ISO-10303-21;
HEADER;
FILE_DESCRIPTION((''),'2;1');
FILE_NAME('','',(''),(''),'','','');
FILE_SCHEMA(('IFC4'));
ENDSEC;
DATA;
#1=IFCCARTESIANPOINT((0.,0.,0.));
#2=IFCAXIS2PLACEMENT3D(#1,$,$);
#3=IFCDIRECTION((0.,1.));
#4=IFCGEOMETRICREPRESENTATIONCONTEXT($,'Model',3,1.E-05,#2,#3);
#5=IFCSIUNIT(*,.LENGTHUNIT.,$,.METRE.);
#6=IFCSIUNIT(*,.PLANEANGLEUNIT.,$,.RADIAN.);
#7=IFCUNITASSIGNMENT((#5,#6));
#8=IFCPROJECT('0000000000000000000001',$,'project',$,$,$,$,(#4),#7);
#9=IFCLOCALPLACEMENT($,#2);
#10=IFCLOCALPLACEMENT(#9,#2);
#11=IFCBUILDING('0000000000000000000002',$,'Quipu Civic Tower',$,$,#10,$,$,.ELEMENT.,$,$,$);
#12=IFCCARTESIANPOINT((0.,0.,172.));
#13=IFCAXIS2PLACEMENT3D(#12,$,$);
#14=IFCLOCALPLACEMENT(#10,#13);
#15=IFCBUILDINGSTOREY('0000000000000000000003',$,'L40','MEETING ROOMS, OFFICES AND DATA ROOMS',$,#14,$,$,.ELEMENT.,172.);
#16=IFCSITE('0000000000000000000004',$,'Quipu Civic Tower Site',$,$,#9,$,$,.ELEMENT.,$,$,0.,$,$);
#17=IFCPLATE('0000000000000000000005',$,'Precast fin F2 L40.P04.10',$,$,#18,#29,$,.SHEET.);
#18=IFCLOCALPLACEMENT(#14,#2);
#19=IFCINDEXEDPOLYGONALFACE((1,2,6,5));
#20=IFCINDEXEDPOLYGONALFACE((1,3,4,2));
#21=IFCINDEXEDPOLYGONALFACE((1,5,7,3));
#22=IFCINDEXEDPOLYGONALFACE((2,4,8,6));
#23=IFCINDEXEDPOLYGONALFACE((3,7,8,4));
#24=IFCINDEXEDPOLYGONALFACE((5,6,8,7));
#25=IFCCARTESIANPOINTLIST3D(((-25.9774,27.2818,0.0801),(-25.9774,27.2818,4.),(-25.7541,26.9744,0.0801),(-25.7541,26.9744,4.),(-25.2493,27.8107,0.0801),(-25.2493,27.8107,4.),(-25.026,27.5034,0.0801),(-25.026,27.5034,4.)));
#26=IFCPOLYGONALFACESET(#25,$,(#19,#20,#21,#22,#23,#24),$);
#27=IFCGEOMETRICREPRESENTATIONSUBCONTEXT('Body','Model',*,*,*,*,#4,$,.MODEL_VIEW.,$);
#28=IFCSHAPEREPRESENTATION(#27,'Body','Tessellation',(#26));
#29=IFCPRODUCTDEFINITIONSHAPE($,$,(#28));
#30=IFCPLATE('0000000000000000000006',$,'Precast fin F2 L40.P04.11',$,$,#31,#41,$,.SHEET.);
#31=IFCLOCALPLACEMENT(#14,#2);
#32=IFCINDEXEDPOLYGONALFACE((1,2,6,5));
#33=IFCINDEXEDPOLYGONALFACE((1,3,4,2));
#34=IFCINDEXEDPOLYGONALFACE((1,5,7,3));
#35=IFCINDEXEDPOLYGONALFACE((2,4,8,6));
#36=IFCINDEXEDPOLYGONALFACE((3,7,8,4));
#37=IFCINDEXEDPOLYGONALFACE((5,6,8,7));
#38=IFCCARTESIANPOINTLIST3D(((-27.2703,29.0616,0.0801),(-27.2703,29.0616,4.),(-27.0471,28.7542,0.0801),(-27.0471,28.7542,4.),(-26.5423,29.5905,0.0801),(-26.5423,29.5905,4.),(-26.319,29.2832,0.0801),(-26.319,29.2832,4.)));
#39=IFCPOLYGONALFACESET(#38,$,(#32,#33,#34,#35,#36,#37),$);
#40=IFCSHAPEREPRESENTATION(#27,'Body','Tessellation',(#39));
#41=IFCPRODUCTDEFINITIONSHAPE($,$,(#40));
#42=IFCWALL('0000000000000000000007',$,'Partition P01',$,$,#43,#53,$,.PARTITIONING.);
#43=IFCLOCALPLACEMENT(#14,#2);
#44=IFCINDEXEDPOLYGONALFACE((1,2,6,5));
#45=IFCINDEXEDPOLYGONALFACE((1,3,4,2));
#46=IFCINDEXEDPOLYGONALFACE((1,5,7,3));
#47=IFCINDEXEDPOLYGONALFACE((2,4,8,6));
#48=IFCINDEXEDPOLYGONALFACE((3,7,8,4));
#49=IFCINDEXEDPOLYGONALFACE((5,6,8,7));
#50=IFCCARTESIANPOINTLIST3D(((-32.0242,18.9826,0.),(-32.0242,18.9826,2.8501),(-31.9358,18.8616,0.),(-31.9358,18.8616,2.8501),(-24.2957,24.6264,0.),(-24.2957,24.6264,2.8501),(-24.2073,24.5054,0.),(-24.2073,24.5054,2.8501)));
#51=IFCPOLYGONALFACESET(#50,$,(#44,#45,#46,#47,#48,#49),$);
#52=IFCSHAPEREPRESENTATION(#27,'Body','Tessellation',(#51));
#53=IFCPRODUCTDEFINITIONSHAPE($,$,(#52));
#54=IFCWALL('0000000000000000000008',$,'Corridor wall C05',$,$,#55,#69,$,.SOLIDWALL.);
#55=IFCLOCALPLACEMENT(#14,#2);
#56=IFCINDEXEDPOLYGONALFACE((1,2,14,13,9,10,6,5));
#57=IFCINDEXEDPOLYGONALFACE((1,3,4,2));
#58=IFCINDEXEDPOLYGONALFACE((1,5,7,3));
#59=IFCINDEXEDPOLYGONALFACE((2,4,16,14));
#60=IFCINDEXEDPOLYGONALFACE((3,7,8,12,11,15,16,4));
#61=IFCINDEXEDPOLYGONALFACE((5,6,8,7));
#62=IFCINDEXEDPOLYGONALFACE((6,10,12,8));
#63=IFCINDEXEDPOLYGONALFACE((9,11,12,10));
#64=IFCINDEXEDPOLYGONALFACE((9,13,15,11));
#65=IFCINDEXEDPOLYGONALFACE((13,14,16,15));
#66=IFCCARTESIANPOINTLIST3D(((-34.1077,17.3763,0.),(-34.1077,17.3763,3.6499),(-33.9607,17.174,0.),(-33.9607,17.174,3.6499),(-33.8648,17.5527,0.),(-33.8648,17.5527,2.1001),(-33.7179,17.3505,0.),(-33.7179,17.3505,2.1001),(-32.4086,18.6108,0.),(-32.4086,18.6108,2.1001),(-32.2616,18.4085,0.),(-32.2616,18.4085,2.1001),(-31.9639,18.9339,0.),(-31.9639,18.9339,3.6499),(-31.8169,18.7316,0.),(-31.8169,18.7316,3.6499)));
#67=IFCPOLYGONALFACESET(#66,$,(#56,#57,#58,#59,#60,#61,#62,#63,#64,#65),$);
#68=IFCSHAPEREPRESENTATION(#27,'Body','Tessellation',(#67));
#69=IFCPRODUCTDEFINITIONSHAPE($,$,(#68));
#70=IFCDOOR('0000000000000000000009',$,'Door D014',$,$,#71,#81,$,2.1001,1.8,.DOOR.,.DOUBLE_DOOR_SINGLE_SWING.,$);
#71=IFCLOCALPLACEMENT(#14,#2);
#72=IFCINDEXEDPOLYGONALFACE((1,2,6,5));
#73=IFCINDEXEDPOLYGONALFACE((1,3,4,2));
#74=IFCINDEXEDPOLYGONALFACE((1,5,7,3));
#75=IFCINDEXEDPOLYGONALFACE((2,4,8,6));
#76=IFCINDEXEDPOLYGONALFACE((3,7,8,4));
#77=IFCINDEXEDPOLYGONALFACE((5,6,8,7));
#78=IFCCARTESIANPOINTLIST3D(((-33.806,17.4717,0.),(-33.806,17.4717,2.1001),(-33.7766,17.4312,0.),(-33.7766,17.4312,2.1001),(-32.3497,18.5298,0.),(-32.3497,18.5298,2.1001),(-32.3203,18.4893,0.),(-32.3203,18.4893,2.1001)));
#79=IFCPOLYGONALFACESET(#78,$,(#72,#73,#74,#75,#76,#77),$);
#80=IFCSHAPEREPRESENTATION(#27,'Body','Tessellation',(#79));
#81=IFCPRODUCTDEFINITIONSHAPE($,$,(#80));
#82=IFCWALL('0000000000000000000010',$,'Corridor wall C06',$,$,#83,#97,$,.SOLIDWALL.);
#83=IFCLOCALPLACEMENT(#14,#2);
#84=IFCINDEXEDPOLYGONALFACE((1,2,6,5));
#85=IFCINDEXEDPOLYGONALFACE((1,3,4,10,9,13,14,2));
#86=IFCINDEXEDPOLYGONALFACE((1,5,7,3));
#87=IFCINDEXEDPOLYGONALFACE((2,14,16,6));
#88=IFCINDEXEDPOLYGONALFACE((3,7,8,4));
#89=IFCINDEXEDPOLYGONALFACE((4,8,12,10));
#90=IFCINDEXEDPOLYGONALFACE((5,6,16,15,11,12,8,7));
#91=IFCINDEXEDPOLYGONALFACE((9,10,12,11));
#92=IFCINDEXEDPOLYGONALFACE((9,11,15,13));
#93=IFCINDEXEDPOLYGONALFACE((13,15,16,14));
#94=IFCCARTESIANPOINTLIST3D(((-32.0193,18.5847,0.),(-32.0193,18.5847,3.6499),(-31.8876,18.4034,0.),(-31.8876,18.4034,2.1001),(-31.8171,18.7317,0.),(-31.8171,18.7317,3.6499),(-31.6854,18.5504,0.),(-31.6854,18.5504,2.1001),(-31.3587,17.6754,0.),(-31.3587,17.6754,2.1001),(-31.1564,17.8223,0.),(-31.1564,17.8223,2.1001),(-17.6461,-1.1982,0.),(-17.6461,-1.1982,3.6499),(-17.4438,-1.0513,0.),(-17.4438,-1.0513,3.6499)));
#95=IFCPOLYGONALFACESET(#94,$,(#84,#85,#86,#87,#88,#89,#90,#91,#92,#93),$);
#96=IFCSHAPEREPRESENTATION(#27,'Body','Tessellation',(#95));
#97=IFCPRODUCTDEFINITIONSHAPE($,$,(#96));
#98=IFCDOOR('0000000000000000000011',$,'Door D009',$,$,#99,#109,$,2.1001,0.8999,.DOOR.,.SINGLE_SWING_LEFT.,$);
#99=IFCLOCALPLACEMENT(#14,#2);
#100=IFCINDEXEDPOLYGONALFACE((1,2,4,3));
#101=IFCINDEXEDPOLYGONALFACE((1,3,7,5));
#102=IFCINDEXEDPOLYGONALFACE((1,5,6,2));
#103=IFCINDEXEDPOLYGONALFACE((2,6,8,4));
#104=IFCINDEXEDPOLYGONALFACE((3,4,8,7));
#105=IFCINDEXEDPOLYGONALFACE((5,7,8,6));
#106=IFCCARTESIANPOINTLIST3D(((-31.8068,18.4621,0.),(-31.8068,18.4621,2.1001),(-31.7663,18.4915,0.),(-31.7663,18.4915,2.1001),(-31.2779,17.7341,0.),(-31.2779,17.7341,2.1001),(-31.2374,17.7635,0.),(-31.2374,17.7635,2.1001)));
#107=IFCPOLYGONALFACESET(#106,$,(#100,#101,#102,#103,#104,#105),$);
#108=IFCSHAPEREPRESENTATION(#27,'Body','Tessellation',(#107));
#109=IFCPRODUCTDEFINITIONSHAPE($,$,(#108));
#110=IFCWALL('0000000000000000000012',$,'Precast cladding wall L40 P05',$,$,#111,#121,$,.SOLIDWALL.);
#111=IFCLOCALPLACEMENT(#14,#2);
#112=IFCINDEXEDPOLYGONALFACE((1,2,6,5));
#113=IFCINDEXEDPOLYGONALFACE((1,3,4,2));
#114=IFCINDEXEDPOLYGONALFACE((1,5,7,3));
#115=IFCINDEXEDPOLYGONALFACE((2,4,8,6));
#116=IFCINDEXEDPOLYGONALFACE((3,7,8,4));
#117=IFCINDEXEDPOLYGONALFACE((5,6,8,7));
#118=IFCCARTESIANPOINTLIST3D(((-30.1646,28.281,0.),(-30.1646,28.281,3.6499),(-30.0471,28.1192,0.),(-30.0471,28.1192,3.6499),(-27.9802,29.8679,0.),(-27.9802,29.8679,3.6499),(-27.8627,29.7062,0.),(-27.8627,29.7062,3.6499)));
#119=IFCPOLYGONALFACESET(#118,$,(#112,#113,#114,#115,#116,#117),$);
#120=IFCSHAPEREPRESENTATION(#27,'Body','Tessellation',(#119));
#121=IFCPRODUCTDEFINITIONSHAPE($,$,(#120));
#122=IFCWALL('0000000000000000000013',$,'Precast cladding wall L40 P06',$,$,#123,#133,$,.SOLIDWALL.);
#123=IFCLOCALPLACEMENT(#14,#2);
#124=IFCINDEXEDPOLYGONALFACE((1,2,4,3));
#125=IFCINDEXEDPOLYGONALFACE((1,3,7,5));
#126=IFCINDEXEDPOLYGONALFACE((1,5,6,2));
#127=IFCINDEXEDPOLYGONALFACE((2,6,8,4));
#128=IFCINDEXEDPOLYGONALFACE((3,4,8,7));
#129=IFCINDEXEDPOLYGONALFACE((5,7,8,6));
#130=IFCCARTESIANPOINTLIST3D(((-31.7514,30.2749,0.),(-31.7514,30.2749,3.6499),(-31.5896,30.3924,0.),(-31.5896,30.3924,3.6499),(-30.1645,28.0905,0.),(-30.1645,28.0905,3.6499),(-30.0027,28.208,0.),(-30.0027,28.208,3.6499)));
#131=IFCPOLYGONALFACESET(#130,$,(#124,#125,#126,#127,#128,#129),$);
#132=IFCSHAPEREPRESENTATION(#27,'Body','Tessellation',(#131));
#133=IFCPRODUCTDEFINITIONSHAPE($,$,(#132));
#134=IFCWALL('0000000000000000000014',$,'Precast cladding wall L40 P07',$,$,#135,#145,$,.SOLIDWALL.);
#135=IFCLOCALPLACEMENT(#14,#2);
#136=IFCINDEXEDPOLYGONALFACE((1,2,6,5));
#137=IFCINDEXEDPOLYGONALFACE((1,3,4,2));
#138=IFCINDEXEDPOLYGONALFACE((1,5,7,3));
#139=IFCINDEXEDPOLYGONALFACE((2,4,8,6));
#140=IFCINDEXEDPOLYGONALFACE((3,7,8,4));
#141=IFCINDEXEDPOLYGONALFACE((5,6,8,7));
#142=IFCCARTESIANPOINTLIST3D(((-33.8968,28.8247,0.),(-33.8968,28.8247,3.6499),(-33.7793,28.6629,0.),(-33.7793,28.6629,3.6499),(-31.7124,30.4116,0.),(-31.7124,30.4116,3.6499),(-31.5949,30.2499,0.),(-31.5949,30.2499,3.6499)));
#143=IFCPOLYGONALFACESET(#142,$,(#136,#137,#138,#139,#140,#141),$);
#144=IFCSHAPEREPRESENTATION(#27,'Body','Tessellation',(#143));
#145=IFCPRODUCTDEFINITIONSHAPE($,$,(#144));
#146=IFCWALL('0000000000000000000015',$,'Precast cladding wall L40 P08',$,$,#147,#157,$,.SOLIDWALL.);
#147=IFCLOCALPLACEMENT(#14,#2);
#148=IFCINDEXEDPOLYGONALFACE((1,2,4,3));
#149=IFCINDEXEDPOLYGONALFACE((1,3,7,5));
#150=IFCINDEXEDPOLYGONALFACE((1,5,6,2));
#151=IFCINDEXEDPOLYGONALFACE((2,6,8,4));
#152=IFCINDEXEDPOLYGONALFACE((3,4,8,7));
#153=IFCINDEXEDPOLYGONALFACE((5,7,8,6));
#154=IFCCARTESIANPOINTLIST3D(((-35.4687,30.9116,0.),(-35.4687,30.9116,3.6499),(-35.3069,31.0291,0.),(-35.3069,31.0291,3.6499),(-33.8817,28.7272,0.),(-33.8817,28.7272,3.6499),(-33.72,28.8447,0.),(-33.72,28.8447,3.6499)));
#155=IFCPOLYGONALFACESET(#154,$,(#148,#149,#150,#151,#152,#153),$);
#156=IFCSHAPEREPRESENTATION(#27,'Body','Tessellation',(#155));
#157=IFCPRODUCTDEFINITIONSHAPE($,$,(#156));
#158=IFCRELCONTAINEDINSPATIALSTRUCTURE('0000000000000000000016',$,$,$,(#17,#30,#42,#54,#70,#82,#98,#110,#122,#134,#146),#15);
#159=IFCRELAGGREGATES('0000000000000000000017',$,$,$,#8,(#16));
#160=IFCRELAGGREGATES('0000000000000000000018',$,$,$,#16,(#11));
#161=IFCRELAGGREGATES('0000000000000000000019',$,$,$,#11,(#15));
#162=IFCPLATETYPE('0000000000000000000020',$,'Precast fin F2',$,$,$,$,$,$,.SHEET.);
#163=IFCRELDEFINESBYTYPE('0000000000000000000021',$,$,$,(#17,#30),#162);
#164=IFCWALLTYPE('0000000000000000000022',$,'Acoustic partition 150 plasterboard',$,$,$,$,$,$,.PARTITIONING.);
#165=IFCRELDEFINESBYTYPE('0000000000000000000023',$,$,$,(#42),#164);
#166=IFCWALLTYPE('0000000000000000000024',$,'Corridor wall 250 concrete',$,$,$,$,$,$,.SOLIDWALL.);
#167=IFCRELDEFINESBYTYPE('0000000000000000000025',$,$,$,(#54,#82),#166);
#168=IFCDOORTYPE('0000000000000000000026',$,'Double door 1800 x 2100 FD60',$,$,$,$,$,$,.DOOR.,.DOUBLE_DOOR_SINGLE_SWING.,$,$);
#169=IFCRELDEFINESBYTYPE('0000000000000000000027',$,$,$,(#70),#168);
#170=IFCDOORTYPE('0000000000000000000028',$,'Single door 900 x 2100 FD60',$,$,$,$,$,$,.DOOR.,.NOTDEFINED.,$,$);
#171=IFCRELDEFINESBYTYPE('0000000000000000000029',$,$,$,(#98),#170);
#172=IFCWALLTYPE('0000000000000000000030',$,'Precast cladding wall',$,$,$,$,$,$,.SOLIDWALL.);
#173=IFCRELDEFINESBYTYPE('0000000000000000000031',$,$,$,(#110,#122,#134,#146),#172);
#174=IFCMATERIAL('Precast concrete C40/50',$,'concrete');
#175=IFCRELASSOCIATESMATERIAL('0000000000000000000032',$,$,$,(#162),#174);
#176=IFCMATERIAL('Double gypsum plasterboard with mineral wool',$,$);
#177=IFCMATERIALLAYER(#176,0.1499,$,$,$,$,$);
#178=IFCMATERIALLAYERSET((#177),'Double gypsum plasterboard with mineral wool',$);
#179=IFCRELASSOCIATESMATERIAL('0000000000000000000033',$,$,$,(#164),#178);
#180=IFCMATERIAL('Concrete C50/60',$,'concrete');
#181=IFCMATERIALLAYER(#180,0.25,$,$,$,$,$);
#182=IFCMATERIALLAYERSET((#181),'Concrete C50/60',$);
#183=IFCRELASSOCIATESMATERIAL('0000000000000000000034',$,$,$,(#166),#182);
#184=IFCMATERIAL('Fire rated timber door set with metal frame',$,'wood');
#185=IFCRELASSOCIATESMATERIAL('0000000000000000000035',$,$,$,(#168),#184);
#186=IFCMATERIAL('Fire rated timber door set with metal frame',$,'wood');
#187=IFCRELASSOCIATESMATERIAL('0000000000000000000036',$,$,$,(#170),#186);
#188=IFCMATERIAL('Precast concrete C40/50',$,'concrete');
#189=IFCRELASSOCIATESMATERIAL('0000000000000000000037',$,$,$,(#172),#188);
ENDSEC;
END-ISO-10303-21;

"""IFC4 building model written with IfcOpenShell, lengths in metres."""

from ifc_helpers import new_model, si_unit, direction, frame, frame_2d, origin, origin_2d, place, context, subcontext, project, spatial, rectangle, extrude, material, layer, layer_set, type_object, element, fill, save


model = new_model("IFC4")

# Units and contexts
model_context = context("Model", 3, precision=1e-05, world=origin(), true_north=direction((0.0, 1.0)))
body_context = subcontext(model_context, "Body", "Model", "MODEL_VIEW")
ifc_project = project(units=[si_unit("LENGTHUNIT", "METRE"), si_unit("PLANEANGLEUNIT", "RADIAN")], contexts=[model_context])

# Site, building, storey
site_placement = place(None, origin())
site = spatial("IfcSite", under=ifc_project, at=site_placement, Name="Quipu Civic Tower Site", CompositionType="ELEMENT", RefElevation=0.0)
building_placement = place(site_placement, origin())
building = spatial("IfcBuilding", under=site, at=building_placement, Name="Quipu Civic Tower", CompositionType="ELEMENT")
storey_placement = place(building_placement, frame((0.0, 0.0, 172.0)))
storey = spatial("IfcBuildingStorey", under=building, at=storey_placement, Name="L40", Description="MEETING ROOMS, OFFICES AND DATA ROOMS", CompositionType="ELEMENT", Elevation=172.0)

# Plates
ifc_material_1 = material(Name="Precast concrete C40/50", Category="concrete")
plate_type_1 = type_object("IfcPlateType", Name="Precast fin F2", PredefinedType="SHEET", material=ifc_material_1)
for number, where, z_axis, x_axis, name in (
    (1, (-25.5017, 27.3926, 0.0801), (0.0, 0.0, 1.0), (-0.587787, 0.809016, 0.0), "Precast fin F2 L40.P04.10"),
    (2, (-26.7947, 29.1724, 0.0801), (0.0, 0.0, 1.0), (-0.587787, 0.809016, 0.0), "Precast fin F2 L40.P04.11"),
):
    element("IfcPlate", number, at=place(storey_placement, frame(where, z_axis=z_axis, x_axis=x_axis)), inside=storey, type_object=plate_type_1, Name=name, PredefinedType="SHEET", context=body_context, shape_type="SweptSolid", body=[
        extrude(rectangle(XDim=0.3799, YDim=0.8999, at=origin_2d()), origin(), (0.0, 0.0, 1.0), 3.9199),
    ])

# Wall
ifc_material_2 = material(Name="Double gypsum plasterboard with mineral wool")
ifc_layer_1 = layer(ifc_material_2, 0.1499)
ifc_layer_set_1 = layer_set([ifc_layer_1], Name="Double gypsum plasterboard with mineral wool")
wall_type_1 = type_object("IfcWallType", Name="Acoustic partition 150 plasterboard", PredefinedType="PARTITIONING", material=ifc_layer_set_1)
wall_1_placement = place(storey_placement, frame((-31.98, 18.9221, 0.0), z_axis=(0.0, 0.0, 1.0), x_axis=(0.807588, 0.589747, 0.0)))
element("IfcWall", 3, at=wall_1_placement, inside=storey, type_object=wall_type_1, Name="Partition P01", PredefinedType="PARTITIONING", context=body_context, shape_type="SweptSolid", body=[
    extrude(rectangle(XDim=9.5698, YDim=0.1499, at=frame_2d((4.7849, 0.0))), origin(), (0.0, 0.0, 1.0), 2.8501),
])

# Walls, openings, doors
ifc_material_3 = material(Name="Concrete C50/60", Category="concrete")
ifc_layer_2 = layer(ifc_material_3, 0.25)
ifc_layer_set_2 = layer_set([ifc_layer_2], Name="Concrete C50/60")
wall_type_2 = type_object("IfcWallType", Name="Corridor wall 250 concrete", PredefinedType="SOLIDWALL", material=ifc_layer_set_2)
wall_2_placement = place(storey_placement, frame((-34.0342, 17.2751, 0.0), z_axis=(0.0, 0.0, 1.0), x_axis=(0.809007, 0.587799, 0.0)))
wall_2 = element("IfcWall", 4, at=wall_2_placement, inside=storey, type_object=wall_type_2, Name="Corridor wall C05", PredefinedType="SOLIDWALL", context=body_context, shape_type="SweptSolid", body=[
    extrude(rectangle(XDim=2.6499, YDim=0.25, at=frame_2d((1.325, 0.0))), origin(), (0.0, 0.0, 1.0), 3.6499),
])
opening_1_placement = place(wall_2_placement, frame((0.3003, 0.0, 0.0)))
opening_1 = element("IfcOpeningElement", 5, at=opening_1_placement, cuts=wall_2, PredefinedType="OPENING", context=body_context, shape_type="SweptSolid", body=[
    extrude(rectangle(XDim=1.8, YDim=2.1001, at=frame_2d((0.8999, 1.05))), frame((0.0, 0.135, 0.0), z_axis=(0.0, -1.0, 0.0), x_axis=(1.0, 0.0, 0.0)), (0.0, 0.0, 1.0), 0.27),
])
ifc_material_4 = material(Name="Fire rated timber door set with metal frame", Category="wood")
door_type_1 = type_object("IfcDoorType", Name="Double door 1800 x 2100 FD60", OperationType="DOUBLE_DOOR_SINGLE_SWING", PredefinedType="DOOR", material=ifc_material_4)
door_1_placement = place(opening_1_placement, origin())
door_1 = element("IfcDoor", 6, at=door_1_placement, inside=storey, type_object=door_type_1, Name="Door D014", OperationType="DOUBLE_DOOR_SINGLE_SWING", OverallHeight=2.1001, OverallWidth=1.8, PredefinedType="DOOR", context=body_context, shape_type="SweptSolid", body=[
    extrude(rectangle(XDim=1.8, YDim=2.1001, at=frame_2d((0.8999, 1.05))), frame((0.0, 0.0249, 0.0), z_axis=(0.0, -1.0, 0.0), x_axis=(1.0, 0.0, 0.0)), (0.0, 0.0, 1.0), 0.05),
])
fill(opening_1, door_1)
wall_3_placement = place(storey_placement, frame((-31.9182, 18.6582, 0.0), z_axis=(0.0, 0.0, 1.0), x_axis=(0.587789, -0.809014, 0.0)))
wall_3 = element("IfcWall", 7, at=wall_3_placement, inside=storey, type_object=wall_type_2, Name="Corridor wall C06", PredefinedType="SOLIDWALL", context=body_context, shape_type="SweptSolid", body=[
    extrude(rectangle(XDim=24.4531, YDim=0.25, at=frame_2d((12.2266, 0.0))), origin(), (0.0, 0.0, 1.0), 3.6499),
])
opening_2_placement = place(wall_3_placement, frame((0.2241, 0.0, 0.0)))
opening_2 = element("IfcOpeningElement", 8, at=opening_2_placement, cuts=wall_3, PredefinedType="OPENING", context=body_context, shape_type="SweptSolid", body=[
    extrude(rectangle(XDim=0.8999, YDim=2.1001, at=frame_2d((0.45, 1.05))), frame((0.0, 0.135, 0.0), z_axis=(0.0, -1.0, 0.0), x_axis=(1.0, 0.0, 0.0)), (0.0, 0.0, 1.0), 0.27),
])
ifc_material_5 = material(Name="Fire rated timber door set with metal frame", Category="wood")
door_type_2 = type_object("IfcDoorType", Name="Single door 900 x 2100 FD60", OperationType="NOTDEFINED", PredefinedType="DOOR", material=ifc_material_5)
door_2_placement = place(opening_2_placement, origin())
door_2 = element("IfcDoor", 9, at=door_2_placement, inside=storey, type_object=door_type_2, Name="Door D009", OperationType="SINGLE_SWING_LEFT", OverallHeight=2.1001, OverallWidth=0.8999, PredefinedType="DOOR", context=body_context, shape_type="SweptSolid", body=[
    extrude(rectangle(XDim=0.8999, YDim=2.1001, at=frame_2d((0.45, 1.05))), frame((0.0, 0.0249, 0.0), z_axis=(0.0, -1.0, 0.0), x_axis=(1.0, 0.0, 0.0)), (0.0, 0.0, 1.0), 0.05),
])
fill(opening_2, door_2)

# Walls
ifc_material_6 = material(Name="Precast concrete C40/50", Category="concrete")
wall_type_3 = type_object("IfcWallType", Name="Precast cladding wall", PredefinedType="SOLIDWALL", material=ifc_material_6)
for number, where, z_axis, x_axis, name in (
    (10, (-27.9214, 29.7871, 0.0), (0.0, 0.0, 1.0), (-0.809033, -0.587763, 0.0), "Precast cladding wall L40 P05"),
    (11, (-30.0835, 28.1492, 0.0), (0.0, 0.0, 1.0), (-0.587763, 0.809033, 0.0), "Precast cladding wall L40 P06"),
    (12, (-31.6536, 30.3308, 0.0), (0.0, 0.0, 1.0), (-0.809033, -0.587763, 0.0), "Precast cladding wall L40 P07"),
    (13, (-33.8008, 28.7859, 0.0), (0.0, 0.0, 1.0), (-0.587763, 0.809033, 0.0), "Precast cladding wall L40 P08"),
):
    element("IfcWall", number, at=place(storey_placement, frame(where, z_axis=z_axis, x_axis=x_axis)), inside=storey, type_object=wall_type_3, Name=name, PredefinedType="SOLIDWALL", context=body_context, shape_type="SweptSolid", body=[
        extrude(rectangle(XDim=2.7, YDim=0.2, at=frame_2d((1.3501, 0.0))), origin(), (0.0, 0.0, 1.0), 3.6499),
    ])

save(model, "model.ifc")
